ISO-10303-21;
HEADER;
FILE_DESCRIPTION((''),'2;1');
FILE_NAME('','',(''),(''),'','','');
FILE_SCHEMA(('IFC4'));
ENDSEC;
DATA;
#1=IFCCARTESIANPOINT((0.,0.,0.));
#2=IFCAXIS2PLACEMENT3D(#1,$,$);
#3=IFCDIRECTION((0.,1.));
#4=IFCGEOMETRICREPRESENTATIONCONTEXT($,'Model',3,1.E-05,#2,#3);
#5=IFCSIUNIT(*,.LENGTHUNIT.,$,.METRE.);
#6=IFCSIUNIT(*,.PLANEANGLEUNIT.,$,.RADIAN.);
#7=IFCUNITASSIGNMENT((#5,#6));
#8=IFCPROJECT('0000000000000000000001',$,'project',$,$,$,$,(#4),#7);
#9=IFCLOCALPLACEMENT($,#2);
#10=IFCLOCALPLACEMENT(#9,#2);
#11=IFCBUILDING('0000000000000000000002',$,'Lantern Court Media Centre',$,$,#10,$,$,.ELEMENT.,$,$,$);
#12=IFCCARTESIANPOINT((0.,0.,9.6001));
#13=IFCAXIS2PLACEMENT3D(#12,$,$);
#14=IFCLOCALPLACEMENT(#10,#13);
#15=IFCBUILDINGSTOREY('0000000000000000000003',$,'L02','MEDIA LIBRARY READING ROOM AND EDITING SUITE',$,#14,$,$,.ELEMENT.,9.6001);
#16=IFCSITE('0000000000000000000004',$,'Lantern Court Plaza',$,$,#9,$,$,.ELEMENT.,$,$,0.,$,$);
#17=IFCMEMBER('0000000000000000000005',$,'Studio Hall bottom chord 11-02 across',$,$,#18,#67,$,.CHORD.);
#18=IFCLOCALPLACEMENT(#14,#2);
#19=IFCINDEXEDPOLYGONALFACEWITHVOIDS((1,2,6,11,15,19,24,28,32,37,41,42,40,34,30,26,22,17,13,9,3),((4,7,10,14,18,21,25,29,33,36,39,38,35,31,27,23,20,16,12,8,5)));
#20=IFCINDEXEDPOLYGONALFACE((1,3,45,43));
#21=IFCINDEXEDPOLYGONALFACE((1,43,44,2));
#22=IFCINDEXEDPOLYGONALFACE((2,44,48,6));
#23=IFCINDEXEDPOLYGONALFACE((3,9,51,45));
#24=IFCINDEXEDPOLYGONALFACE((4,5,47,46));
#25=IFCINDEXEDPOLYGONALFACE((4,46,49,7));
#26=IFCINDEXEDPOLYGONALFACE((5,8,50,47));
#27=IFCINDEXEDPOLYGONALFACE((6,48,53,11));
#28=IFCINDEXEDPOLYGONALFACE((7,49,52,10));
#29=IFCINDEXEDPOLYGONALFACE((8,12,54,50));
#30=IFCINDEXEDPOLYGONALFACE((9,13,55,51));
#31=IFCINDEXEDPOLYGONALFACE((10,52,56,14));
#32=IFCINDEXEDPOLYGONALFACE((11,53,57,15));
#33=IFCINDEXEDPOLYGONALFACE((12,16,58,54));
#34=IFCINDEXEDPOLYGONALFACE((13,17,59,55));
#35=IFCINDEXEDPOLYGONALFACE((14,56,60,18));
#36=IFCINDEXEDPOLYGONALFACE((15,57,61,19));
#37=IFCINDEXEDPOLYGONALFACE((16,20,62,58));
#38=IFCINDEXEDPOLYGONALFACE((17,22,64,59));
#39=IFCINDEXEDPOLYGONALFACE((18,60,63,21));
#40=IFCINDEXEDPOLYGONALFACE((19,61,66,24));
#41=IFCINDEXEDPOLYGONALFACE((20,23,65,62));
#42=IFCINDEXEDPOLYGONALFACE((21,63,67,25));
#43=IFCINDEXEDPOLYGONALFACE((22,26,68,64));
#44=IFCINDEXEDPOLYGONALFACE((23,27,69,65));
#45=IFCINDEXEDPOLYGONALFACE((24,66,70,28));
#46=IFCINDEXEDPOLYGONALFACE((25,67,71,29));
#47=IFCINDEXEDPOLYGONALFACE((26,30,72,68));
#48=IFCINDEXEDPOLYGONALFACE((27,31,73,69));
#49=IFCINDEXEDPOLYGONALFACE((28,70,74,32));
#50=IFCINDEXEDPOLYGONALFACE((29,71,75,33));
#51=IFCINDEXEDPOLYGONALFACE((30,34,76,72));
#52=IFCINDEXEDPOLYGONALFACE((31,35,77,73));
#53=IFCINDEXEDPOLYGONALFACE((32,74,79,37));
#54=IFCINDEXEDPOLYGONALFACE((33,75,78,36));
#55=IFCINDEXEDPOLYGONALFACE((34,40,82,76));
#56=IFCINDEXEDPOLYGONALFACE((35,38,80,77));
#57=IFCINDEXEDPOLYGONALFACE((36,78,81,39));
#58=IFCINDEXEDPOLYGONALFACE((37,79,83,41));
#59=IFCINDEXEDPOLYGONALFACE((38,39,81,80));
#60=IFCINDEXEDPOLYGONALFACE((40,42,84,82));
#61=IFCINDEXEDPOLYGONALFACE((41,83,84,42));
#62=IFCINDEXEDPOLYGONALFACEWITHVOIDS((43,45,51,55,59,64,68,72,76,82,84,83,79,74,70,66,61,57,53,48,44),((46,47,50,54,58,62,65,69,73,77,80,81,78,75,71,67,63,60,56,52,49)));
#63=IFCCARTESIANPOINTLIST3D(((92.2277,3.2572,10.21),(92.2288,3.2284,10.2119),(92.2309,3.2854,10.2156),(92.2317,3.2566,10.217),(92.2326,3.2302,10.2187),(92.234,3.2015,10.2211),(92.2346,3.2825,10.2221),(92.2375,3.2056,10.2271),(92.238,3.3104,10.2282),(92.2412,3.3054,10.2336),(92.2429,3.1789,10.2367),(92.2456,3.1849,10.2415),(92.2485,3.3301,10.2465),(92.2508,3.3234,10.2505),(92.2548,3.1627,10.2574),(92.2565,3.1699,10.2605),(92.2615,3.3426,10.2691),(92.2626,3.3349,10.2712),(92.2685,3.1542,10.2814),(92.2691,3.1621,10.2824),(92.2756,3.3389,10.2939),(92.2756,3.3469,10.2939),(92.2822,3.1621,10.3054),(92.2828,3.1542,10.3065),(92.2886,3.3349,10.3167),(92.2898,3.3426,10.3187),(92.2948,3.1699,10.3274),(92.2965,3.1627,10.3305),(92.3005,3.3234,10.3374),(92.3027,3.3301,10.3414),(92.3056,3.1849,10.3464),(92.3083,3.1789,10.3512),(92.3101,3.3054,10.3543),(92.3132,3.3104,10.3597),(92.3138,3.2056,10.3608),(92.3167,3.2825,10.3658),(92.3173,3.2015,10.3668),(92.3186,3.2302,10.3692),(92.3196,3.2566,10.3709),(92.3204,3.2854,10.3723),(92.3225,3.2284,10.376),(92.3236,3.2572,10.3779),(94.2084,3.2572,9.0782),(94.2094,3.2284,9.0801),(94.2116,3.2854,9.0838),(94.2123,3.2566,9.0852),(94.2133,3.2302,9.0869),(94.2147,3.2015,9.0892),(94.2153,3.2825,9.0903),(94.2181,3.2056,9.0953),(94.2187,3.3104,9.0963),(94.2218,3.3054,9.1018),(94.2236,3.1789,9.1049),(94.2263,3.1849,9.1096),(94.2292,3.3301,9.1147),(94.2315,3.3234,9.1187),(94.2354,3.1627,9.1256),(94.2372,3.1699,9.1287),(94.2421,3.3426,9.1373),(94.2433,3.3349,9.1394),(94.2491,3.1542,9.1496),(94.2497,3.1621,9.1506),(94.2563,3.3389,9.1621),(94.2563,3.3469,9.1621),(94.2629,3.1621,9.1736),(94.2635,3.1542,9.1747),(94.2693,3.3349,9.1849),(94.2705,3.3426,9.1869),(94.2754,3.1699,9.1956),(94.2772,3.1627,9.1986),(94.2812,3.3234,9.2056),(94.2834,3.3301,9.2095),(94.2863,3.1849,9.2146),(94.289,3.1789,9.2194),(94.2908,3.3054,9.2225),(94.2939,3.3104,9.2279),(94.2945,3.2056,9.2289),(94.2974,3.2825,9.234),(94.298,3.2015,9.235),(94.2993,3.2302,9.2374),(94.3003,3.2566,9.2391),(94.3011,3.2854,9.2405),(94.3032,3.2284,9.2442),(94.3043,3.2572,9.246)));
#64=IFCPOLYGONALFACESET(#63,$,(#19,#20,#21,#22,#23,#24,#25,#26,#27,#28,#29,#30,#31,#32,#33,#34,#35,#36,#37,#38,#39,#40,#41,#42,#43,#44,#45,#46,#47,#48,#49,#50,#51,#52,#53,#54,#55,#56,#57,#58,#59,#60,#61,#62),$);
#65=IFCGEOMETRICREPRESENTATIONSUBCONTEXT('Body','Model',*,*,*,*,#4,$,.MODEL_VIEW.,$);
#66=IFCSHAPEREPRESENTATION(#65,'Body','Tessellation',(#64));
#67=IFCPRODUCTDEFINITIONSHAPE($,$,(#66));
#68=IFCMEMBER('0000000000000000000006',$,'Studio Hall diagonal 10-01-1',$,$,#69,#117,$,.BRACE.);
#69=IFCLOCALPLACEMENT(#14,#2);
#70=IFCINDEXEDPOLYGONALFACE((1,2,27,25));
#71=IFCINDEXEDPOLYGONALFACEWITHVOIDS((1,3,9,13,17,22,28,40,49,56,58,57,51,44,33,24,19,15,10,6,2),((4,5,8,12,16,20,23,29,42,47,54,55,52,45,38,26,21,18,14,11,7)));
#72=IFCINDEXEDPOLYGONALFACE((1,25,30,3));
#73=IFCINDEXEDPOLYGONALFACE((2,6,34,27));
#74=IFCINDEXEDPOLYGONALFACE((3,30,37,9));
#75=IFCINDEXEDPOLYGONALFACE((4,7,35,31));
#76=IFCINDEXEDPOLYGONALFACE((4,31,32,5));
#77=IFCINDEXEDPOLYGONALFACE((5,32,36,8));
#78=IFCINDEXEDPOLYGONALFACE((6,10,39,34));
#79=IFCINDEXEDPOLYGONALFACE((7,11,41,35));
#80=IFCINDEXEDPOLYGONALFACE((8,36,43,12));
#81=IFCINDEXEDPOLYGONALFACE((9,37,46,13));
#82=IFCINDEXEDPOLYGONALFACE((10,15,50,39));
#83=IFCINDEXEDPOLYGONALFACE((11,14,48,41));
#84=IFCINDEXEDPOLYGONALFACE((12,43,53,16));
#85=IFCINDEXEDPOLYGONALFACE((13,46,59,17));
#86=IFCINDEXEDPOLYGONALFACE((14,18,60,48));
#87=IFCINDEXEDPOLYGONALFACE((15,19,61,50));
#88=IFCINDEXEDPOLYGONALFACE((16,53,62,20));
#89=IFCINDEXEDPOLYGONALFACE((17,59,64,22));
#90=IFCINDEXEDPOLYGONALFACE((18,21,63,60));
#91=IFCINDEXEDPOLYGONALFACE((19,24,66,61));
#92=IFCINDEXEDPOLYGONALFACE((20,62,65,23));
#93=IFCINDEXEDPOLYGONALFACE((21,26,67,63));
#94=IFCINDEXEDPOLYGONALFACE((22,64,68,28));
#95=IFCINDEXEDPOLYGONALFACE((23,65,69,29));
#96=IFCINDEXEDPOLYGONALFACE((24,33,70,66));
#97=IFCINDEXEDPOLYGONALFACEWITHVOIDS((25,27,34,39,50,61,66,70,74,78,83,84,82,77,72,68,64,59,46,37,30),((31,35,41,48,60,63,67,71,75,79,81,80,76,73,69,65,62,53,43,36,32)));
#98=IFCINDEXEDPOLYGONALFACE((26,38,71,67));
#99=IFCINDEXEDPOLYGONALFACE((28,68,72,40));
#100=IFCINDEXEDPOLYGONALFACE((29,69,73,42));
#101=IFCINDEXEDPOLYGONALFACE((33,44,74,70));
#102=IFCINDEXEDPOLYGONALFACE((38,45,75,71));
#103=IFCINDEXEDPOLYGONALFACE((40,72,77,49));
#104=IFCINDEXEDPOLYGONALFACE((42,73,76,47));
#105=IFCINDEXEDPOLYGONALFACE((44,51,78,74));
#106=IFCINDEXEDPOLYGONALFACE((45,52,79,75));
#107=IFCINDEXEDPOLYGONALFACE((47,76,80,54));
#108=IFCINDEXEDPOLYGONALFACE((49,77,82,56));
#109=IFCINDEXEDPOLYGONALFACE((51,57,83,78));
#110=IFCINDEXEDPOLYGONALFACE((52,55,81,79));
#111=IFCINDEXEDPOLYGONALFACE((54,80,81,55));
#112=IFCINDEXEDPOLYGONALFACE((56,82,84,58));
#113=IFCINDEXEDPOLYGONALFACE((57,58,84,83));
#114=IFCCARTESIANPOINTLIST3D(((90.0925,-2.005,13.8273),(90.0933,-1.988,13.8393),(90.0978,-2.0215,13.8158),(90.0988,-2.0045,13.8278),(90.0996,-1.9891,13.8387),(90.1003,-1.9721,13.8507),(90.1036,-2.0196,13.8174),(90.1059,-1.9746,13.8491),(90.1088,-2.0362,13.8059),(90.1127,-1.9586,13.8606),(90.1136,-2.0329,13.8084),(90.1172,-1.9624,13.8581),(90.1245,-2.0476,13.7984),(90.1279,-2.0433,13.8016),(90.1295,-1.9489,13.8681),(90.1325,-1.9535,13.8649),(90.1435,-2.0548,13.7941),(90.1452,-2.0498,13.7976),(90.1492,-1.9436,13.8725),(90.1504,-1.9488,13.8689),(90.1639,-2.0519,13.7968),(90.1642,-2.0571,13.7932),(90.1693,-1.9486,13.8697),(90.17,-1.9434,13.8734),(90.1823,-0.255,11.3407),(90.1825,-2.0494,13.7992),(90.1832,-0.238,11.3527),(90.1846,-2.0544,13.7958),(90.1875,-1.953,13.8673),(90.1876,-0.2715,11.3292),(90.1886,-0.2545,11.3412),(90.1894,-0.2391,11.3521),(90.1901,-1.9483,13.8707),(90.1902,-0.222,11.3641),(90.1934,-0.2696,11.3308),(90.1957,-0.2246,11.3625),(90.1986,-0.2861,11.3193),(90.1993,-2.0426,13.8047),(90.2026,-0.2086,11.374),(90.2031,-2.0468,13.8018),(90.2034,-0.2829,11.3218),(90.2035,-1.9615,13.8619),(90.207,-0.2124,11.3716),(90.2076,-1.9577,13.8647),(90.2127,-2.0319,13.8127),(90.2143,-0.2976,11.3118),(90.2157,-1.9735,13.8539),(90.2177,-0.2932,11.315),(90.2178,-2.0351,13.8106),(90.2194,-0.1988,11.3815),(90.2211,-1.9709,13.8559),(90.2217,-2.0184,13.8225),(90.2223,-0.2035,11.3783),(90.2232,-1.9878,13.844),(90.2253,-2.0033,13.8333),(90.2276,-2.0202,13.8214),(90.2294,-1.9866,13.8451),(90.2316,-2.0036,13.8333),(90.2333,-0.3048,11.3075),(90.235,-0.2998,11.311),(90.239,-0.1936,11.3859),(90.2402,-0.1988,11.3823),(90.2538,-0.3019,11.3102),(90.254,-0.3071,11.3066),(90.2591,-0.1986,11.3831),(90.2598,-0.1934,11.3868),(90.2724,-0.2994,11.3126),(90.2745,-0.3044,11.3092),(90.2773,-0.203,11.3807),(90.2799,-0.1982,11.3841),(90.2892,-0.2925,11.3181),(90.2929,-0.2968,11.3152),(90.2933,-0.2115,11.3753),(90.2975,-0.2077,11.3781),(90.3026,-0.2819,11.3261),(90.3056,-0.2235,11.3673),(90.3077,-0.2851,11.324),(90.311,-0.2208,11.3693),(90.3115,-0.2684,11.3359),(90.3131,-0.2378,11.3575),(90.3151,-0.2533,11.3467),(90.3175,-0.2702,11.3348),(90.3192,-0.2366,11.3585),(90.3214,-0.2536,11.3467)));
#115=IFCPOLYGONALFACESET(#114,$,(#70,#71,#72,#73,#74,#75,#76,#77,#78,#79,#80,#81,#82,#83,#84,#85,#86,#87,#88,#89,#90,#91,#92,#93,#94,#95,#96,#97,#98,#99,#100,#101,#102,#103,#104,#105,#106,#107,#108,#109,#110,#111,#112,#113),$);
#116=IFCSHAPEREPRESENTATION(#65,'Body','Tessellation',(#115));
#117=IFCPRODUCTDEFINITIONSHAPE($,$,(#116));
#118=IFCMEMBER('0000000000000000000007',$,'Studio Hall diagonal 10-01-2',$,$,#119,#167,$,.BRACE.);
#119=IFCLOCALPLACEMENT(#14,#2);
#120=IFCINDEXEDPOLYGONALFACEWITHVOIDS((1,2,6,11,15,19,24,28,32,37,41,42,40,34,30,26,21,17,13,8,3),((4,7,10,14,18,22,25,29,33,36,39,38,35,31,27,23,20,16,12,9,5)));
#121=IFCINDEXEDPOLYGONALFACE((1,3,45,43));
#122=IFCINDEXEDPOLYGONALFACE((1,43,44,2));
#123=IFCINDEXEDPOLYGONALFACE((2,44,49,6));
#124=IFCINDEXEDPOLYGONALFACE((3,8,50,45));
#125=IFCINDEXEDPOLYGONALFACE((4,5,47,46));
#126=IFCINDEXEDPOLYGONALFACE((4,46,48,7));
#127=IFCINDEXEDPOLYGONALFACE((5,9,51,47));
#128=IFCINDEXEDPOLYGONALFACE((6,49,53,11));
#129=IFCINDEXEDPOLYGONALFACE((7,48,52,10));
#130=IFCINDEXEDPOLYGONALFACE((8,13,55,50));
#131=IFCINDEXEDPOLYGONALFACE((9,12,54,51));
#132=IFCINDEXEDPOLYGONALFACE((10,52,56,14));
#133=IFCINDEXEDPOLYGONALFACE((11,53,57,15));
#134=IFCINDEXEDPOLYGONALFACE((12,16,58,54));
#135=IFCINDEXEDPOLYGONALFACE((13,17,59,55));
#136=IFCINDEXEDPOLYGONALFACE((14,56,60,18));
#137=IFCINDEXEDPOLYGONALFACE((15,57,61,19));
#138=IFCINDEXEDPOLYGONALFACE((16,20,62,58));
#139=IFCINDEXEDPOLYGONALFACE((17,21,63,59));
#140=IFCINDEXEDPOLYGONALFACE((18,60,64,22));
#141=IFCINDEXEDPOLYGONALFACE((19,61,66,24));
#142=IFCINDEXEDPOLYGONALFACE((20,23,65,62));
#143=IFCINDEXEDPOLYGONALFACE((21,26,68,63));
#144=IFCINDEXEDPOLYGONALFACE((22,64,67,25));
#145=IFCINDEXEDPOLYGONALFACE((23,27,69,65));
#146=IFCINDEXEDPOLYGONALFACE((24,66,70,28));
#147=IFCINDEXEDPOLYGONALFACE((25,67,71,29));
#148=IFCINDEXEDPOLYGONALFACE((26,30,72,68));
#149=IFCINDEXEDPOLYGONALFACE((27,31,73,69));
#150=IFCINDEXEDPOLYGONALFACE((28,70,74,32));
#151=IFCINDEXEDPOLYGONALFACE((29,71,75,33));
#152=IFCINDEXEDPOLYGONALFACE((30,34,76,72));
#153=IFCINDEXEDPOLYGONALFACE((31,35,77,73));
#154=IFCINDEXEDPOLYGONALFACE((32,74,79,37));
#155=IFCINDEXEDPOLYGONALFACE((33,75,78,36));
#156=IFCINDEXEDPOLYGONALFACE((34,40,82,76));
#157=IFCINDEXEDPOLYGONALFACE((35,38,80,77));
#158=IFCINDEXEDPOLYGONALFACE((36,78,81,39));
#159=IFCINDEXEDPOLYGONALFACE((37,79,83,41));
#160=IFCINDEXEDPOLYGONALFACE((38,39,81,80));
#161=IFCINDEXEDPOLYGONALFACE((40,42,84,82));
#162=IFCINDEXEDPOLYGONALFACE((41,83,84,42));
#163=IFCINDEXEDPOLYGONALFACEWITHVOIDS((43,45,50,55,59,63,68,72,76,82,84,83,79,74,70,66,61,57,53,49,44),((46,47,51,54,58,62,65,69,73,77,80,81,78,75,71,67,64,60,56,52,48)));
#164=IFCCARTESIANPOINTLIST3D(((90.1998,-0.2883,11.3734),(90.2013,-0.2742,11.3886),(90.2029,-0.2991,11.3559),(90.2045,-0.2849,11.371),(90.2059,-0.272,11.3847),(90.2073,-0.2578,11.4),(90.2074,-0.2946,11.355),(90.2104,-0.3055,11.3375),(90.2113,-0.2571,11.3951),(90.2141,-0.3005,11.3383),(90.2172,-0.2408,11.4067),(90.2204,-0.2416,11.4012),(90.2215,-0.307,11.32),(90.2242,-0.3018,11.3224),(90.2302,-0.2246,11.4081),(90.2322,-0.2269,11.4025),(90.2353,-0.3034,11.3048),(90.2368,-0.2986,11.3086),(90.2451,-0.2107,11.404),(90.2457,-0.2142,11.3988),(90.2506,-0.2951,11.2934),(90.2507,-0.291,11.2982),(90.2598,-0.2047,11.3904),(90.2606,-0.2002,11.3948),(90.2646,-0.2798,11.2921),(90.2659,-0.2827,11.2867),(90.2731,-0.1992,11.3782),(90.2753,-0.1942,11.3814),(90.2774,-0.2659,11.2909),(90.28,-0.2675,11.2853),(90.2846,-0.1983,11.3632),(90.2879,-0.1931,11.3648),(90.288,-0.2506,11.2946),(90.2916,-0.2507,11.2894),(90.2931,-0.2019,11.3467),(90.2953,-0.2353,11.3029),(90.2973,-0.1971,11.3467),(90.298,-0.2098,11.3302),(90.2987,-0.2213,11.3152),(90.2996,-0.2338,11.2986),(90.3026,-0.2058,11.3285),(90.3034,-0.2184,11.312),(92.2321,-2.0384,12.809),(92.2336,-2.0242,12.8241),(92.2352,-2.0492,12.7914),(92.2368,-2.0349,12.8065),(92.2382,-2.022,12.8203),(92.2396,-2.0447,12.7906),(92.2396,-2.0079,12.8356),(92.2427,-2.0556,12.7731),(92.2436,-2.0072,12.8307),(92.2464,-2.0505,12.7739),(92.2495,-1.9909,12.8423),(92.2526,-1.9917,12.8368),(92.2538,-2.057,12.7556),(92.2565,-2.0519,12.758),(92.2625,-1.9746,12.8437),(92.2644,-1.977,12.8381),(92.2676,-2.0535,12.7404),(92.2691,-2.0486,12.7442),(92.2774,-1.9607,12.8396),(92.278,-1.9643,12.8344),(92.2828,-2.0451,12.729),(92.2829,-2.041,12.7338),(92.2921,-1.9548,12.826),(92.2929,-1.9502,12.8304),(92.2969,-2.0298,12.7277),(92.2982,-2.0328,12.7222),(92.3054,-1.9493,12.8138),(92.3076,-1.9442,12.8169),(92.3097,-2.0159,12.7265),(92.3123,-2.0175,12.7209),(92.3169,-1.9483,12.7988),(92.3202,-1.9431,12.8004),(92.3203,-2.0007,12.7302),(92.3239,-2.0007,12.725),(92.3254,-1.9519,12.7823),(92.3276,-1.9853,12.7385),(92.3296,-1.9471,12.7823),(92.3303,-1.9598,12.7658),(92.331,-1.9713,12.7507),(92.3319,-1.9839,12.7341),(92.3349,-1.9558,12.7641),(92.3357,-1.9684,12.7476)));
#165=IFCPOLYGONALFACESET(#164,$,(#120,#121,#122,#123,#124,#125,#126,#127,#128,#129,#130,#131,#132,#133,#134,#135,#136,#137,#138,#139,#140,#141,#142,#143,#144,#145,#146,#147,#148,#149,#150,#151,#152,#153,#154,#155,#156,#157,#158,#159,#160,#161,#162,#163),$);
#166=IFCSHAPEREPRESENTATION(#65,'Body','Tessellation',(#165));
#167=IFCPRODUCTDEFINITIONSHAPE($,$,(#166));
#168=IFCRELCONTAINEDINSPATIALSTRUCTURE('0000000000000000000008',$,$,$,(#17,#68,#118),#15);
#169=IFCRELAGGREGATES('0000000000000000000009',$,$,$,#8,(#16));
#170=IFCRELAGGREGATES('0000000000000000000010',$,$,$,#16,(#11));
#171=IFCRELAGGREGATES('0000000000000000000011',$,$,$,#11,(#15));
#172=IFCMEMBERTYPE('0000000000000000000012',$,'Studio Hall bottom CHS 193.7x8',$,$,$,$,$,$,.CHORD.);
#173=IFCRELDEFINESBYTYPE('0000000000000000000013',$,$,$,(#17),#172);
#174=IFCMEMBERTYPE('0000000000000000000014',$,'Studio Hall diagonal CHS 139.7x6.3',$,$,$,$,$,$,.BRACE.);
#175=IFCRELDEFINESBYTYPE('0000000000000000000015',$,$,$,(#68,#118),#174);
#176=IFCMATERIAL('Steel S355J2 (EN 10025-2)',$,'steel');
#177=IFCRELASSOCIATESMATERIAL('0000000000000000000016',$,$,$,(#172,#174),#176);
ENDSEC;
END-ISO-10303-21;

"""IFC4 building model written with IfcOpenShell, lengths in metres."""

from ifc_helpers import new_model, si_unit, direction, frame, origin, origin_2d, place, context, subcontext, project, spatial, hollow_circle, extrude, material, material_profile, profile_set, type_object, element, save


model = new_model("IFC4")

# Units and contexts
model_context = context("Model", 3, precision=1e-05, world=origin(), true_north=direction((0.0, 1.0)))
body_context = subcontext(model_context, "Body", "Model", "MODEL_VIEW")
ifc_project = project(units=[si_unit("LENGTHUNIT", "METRE"), si_unit("PLANEANGLEUNIT", "RADIAN")], contexts=[model_context])

# Site, building, storey
site_placement = place(None, origin())
site = spatial("IfcSite", under=ifc_project, at=site_placement, Name="Lantern Court Plaza", CompositionType="ELEMENT", RefElevation=0.0)
building_placement = place(site_placement, origin())
building = spatial("IfcBuilding", under=site, at=building_placement, Name="Lantern Court Media Centre", CompositionType="ELEMENT")
storey_placement = place(building_placement, frame((0.0, 0.0, 9.6001)))
storey = spatial("IfcBuildingStorey", under=building, at=storey_placement, Name="L02", Description="MEDIA LIBRARY READING ROOM AND EDITING SUITE", CompositionType="ELEMENT", Elevation=9.6001)

# Members
ifc_material = material(Name="Steel S355J2 (EN 10025-2)", Category="steel")
ifc_material_profile_1 = material_profile(ifc_material, hollow_circle(Radius=0.0969, WallThickness=0.0081, at=origin_2d()), Name="Studio Hall bottom CHS 193.7x8")
ifc_profile_set_1 = profile_set([ifc_material_profile_1], Name="Steel S355J2 (EN 10025-2)")
member_type_1 = type_object("IfcMemberType", Name="Studio Hall bottom CHS 193.7x8", PredefinedType="CHORD", material=ifc_profile_set_1)
member_1_placement = place(storey_placement, frame((92.2756, 3.25, 10.2939), z_axis=(0.868243, 0.0, -0.496139), x_axis=(0.0, 1.0, 0.0)))
element("IfcMember", 1, at=member_1_placement, inside=storey, type_object=member_type_1, Name="Studio Hall bottom chord 11-02 across", PredefinedType="CHORD", context=body_context, shape_type="SweptSolid", body=[
    extrude(hollow_circle(Radius=0.0969, WallThickness=0.0081, at=origin_2d()), origin(), (0.0, 0.0, 1.0), 2.2812),
])
ifc_material_profile_2 = material_profile(ifc_material, hollow_circle(Radius=0.0698, WallThickness=0.0063, at=origin_2d()), Name="Studio Hall diagonal CHS 139.7x6.3")
ifc_profile_set_2 = profile_set([ifc_material_profile_2], Name="Steel S355J2 (EN 10025-2)")
member_type_2 = type_object("IfcMemberType", Name="Studio Hall diagonal CHS 139.7x6.3", PredefinedType="BRACE", material=ifc_profile_set_2)
for number, where, z_axis, x_axis, name in (
    (2, (90.2517, -0.25, 11.3467), (-0.029535, -0.575284, 0.81742), (0.998685, -0.051272, 0.0), "Studio Hall diagonal 10-01-1"),
    (3, (90.2517, -0.25, 11.3467), (0.668075, -0.575296, 0.471922), (0.652529, 0.757764, 0.0), "Studio Hall diagonal 10-01-2"),
):
    element("IfcMember", number, at=place(storey_placement, frame(where, z_axis=z_axis, x_axis=x_axis)), inside=storey, type_object=member_type_2, Name=name, PredefinedType="BRACE", context=body_context, shape_type="SweptSolid", body=[
        extrude(hollow_circle(Radius=0.0698, WallThickness=0.0063, at=origin_2d()), origin(), (0.0, 0.0, 1.0), 3.042),
    ])

save(model, "model.ifc")
